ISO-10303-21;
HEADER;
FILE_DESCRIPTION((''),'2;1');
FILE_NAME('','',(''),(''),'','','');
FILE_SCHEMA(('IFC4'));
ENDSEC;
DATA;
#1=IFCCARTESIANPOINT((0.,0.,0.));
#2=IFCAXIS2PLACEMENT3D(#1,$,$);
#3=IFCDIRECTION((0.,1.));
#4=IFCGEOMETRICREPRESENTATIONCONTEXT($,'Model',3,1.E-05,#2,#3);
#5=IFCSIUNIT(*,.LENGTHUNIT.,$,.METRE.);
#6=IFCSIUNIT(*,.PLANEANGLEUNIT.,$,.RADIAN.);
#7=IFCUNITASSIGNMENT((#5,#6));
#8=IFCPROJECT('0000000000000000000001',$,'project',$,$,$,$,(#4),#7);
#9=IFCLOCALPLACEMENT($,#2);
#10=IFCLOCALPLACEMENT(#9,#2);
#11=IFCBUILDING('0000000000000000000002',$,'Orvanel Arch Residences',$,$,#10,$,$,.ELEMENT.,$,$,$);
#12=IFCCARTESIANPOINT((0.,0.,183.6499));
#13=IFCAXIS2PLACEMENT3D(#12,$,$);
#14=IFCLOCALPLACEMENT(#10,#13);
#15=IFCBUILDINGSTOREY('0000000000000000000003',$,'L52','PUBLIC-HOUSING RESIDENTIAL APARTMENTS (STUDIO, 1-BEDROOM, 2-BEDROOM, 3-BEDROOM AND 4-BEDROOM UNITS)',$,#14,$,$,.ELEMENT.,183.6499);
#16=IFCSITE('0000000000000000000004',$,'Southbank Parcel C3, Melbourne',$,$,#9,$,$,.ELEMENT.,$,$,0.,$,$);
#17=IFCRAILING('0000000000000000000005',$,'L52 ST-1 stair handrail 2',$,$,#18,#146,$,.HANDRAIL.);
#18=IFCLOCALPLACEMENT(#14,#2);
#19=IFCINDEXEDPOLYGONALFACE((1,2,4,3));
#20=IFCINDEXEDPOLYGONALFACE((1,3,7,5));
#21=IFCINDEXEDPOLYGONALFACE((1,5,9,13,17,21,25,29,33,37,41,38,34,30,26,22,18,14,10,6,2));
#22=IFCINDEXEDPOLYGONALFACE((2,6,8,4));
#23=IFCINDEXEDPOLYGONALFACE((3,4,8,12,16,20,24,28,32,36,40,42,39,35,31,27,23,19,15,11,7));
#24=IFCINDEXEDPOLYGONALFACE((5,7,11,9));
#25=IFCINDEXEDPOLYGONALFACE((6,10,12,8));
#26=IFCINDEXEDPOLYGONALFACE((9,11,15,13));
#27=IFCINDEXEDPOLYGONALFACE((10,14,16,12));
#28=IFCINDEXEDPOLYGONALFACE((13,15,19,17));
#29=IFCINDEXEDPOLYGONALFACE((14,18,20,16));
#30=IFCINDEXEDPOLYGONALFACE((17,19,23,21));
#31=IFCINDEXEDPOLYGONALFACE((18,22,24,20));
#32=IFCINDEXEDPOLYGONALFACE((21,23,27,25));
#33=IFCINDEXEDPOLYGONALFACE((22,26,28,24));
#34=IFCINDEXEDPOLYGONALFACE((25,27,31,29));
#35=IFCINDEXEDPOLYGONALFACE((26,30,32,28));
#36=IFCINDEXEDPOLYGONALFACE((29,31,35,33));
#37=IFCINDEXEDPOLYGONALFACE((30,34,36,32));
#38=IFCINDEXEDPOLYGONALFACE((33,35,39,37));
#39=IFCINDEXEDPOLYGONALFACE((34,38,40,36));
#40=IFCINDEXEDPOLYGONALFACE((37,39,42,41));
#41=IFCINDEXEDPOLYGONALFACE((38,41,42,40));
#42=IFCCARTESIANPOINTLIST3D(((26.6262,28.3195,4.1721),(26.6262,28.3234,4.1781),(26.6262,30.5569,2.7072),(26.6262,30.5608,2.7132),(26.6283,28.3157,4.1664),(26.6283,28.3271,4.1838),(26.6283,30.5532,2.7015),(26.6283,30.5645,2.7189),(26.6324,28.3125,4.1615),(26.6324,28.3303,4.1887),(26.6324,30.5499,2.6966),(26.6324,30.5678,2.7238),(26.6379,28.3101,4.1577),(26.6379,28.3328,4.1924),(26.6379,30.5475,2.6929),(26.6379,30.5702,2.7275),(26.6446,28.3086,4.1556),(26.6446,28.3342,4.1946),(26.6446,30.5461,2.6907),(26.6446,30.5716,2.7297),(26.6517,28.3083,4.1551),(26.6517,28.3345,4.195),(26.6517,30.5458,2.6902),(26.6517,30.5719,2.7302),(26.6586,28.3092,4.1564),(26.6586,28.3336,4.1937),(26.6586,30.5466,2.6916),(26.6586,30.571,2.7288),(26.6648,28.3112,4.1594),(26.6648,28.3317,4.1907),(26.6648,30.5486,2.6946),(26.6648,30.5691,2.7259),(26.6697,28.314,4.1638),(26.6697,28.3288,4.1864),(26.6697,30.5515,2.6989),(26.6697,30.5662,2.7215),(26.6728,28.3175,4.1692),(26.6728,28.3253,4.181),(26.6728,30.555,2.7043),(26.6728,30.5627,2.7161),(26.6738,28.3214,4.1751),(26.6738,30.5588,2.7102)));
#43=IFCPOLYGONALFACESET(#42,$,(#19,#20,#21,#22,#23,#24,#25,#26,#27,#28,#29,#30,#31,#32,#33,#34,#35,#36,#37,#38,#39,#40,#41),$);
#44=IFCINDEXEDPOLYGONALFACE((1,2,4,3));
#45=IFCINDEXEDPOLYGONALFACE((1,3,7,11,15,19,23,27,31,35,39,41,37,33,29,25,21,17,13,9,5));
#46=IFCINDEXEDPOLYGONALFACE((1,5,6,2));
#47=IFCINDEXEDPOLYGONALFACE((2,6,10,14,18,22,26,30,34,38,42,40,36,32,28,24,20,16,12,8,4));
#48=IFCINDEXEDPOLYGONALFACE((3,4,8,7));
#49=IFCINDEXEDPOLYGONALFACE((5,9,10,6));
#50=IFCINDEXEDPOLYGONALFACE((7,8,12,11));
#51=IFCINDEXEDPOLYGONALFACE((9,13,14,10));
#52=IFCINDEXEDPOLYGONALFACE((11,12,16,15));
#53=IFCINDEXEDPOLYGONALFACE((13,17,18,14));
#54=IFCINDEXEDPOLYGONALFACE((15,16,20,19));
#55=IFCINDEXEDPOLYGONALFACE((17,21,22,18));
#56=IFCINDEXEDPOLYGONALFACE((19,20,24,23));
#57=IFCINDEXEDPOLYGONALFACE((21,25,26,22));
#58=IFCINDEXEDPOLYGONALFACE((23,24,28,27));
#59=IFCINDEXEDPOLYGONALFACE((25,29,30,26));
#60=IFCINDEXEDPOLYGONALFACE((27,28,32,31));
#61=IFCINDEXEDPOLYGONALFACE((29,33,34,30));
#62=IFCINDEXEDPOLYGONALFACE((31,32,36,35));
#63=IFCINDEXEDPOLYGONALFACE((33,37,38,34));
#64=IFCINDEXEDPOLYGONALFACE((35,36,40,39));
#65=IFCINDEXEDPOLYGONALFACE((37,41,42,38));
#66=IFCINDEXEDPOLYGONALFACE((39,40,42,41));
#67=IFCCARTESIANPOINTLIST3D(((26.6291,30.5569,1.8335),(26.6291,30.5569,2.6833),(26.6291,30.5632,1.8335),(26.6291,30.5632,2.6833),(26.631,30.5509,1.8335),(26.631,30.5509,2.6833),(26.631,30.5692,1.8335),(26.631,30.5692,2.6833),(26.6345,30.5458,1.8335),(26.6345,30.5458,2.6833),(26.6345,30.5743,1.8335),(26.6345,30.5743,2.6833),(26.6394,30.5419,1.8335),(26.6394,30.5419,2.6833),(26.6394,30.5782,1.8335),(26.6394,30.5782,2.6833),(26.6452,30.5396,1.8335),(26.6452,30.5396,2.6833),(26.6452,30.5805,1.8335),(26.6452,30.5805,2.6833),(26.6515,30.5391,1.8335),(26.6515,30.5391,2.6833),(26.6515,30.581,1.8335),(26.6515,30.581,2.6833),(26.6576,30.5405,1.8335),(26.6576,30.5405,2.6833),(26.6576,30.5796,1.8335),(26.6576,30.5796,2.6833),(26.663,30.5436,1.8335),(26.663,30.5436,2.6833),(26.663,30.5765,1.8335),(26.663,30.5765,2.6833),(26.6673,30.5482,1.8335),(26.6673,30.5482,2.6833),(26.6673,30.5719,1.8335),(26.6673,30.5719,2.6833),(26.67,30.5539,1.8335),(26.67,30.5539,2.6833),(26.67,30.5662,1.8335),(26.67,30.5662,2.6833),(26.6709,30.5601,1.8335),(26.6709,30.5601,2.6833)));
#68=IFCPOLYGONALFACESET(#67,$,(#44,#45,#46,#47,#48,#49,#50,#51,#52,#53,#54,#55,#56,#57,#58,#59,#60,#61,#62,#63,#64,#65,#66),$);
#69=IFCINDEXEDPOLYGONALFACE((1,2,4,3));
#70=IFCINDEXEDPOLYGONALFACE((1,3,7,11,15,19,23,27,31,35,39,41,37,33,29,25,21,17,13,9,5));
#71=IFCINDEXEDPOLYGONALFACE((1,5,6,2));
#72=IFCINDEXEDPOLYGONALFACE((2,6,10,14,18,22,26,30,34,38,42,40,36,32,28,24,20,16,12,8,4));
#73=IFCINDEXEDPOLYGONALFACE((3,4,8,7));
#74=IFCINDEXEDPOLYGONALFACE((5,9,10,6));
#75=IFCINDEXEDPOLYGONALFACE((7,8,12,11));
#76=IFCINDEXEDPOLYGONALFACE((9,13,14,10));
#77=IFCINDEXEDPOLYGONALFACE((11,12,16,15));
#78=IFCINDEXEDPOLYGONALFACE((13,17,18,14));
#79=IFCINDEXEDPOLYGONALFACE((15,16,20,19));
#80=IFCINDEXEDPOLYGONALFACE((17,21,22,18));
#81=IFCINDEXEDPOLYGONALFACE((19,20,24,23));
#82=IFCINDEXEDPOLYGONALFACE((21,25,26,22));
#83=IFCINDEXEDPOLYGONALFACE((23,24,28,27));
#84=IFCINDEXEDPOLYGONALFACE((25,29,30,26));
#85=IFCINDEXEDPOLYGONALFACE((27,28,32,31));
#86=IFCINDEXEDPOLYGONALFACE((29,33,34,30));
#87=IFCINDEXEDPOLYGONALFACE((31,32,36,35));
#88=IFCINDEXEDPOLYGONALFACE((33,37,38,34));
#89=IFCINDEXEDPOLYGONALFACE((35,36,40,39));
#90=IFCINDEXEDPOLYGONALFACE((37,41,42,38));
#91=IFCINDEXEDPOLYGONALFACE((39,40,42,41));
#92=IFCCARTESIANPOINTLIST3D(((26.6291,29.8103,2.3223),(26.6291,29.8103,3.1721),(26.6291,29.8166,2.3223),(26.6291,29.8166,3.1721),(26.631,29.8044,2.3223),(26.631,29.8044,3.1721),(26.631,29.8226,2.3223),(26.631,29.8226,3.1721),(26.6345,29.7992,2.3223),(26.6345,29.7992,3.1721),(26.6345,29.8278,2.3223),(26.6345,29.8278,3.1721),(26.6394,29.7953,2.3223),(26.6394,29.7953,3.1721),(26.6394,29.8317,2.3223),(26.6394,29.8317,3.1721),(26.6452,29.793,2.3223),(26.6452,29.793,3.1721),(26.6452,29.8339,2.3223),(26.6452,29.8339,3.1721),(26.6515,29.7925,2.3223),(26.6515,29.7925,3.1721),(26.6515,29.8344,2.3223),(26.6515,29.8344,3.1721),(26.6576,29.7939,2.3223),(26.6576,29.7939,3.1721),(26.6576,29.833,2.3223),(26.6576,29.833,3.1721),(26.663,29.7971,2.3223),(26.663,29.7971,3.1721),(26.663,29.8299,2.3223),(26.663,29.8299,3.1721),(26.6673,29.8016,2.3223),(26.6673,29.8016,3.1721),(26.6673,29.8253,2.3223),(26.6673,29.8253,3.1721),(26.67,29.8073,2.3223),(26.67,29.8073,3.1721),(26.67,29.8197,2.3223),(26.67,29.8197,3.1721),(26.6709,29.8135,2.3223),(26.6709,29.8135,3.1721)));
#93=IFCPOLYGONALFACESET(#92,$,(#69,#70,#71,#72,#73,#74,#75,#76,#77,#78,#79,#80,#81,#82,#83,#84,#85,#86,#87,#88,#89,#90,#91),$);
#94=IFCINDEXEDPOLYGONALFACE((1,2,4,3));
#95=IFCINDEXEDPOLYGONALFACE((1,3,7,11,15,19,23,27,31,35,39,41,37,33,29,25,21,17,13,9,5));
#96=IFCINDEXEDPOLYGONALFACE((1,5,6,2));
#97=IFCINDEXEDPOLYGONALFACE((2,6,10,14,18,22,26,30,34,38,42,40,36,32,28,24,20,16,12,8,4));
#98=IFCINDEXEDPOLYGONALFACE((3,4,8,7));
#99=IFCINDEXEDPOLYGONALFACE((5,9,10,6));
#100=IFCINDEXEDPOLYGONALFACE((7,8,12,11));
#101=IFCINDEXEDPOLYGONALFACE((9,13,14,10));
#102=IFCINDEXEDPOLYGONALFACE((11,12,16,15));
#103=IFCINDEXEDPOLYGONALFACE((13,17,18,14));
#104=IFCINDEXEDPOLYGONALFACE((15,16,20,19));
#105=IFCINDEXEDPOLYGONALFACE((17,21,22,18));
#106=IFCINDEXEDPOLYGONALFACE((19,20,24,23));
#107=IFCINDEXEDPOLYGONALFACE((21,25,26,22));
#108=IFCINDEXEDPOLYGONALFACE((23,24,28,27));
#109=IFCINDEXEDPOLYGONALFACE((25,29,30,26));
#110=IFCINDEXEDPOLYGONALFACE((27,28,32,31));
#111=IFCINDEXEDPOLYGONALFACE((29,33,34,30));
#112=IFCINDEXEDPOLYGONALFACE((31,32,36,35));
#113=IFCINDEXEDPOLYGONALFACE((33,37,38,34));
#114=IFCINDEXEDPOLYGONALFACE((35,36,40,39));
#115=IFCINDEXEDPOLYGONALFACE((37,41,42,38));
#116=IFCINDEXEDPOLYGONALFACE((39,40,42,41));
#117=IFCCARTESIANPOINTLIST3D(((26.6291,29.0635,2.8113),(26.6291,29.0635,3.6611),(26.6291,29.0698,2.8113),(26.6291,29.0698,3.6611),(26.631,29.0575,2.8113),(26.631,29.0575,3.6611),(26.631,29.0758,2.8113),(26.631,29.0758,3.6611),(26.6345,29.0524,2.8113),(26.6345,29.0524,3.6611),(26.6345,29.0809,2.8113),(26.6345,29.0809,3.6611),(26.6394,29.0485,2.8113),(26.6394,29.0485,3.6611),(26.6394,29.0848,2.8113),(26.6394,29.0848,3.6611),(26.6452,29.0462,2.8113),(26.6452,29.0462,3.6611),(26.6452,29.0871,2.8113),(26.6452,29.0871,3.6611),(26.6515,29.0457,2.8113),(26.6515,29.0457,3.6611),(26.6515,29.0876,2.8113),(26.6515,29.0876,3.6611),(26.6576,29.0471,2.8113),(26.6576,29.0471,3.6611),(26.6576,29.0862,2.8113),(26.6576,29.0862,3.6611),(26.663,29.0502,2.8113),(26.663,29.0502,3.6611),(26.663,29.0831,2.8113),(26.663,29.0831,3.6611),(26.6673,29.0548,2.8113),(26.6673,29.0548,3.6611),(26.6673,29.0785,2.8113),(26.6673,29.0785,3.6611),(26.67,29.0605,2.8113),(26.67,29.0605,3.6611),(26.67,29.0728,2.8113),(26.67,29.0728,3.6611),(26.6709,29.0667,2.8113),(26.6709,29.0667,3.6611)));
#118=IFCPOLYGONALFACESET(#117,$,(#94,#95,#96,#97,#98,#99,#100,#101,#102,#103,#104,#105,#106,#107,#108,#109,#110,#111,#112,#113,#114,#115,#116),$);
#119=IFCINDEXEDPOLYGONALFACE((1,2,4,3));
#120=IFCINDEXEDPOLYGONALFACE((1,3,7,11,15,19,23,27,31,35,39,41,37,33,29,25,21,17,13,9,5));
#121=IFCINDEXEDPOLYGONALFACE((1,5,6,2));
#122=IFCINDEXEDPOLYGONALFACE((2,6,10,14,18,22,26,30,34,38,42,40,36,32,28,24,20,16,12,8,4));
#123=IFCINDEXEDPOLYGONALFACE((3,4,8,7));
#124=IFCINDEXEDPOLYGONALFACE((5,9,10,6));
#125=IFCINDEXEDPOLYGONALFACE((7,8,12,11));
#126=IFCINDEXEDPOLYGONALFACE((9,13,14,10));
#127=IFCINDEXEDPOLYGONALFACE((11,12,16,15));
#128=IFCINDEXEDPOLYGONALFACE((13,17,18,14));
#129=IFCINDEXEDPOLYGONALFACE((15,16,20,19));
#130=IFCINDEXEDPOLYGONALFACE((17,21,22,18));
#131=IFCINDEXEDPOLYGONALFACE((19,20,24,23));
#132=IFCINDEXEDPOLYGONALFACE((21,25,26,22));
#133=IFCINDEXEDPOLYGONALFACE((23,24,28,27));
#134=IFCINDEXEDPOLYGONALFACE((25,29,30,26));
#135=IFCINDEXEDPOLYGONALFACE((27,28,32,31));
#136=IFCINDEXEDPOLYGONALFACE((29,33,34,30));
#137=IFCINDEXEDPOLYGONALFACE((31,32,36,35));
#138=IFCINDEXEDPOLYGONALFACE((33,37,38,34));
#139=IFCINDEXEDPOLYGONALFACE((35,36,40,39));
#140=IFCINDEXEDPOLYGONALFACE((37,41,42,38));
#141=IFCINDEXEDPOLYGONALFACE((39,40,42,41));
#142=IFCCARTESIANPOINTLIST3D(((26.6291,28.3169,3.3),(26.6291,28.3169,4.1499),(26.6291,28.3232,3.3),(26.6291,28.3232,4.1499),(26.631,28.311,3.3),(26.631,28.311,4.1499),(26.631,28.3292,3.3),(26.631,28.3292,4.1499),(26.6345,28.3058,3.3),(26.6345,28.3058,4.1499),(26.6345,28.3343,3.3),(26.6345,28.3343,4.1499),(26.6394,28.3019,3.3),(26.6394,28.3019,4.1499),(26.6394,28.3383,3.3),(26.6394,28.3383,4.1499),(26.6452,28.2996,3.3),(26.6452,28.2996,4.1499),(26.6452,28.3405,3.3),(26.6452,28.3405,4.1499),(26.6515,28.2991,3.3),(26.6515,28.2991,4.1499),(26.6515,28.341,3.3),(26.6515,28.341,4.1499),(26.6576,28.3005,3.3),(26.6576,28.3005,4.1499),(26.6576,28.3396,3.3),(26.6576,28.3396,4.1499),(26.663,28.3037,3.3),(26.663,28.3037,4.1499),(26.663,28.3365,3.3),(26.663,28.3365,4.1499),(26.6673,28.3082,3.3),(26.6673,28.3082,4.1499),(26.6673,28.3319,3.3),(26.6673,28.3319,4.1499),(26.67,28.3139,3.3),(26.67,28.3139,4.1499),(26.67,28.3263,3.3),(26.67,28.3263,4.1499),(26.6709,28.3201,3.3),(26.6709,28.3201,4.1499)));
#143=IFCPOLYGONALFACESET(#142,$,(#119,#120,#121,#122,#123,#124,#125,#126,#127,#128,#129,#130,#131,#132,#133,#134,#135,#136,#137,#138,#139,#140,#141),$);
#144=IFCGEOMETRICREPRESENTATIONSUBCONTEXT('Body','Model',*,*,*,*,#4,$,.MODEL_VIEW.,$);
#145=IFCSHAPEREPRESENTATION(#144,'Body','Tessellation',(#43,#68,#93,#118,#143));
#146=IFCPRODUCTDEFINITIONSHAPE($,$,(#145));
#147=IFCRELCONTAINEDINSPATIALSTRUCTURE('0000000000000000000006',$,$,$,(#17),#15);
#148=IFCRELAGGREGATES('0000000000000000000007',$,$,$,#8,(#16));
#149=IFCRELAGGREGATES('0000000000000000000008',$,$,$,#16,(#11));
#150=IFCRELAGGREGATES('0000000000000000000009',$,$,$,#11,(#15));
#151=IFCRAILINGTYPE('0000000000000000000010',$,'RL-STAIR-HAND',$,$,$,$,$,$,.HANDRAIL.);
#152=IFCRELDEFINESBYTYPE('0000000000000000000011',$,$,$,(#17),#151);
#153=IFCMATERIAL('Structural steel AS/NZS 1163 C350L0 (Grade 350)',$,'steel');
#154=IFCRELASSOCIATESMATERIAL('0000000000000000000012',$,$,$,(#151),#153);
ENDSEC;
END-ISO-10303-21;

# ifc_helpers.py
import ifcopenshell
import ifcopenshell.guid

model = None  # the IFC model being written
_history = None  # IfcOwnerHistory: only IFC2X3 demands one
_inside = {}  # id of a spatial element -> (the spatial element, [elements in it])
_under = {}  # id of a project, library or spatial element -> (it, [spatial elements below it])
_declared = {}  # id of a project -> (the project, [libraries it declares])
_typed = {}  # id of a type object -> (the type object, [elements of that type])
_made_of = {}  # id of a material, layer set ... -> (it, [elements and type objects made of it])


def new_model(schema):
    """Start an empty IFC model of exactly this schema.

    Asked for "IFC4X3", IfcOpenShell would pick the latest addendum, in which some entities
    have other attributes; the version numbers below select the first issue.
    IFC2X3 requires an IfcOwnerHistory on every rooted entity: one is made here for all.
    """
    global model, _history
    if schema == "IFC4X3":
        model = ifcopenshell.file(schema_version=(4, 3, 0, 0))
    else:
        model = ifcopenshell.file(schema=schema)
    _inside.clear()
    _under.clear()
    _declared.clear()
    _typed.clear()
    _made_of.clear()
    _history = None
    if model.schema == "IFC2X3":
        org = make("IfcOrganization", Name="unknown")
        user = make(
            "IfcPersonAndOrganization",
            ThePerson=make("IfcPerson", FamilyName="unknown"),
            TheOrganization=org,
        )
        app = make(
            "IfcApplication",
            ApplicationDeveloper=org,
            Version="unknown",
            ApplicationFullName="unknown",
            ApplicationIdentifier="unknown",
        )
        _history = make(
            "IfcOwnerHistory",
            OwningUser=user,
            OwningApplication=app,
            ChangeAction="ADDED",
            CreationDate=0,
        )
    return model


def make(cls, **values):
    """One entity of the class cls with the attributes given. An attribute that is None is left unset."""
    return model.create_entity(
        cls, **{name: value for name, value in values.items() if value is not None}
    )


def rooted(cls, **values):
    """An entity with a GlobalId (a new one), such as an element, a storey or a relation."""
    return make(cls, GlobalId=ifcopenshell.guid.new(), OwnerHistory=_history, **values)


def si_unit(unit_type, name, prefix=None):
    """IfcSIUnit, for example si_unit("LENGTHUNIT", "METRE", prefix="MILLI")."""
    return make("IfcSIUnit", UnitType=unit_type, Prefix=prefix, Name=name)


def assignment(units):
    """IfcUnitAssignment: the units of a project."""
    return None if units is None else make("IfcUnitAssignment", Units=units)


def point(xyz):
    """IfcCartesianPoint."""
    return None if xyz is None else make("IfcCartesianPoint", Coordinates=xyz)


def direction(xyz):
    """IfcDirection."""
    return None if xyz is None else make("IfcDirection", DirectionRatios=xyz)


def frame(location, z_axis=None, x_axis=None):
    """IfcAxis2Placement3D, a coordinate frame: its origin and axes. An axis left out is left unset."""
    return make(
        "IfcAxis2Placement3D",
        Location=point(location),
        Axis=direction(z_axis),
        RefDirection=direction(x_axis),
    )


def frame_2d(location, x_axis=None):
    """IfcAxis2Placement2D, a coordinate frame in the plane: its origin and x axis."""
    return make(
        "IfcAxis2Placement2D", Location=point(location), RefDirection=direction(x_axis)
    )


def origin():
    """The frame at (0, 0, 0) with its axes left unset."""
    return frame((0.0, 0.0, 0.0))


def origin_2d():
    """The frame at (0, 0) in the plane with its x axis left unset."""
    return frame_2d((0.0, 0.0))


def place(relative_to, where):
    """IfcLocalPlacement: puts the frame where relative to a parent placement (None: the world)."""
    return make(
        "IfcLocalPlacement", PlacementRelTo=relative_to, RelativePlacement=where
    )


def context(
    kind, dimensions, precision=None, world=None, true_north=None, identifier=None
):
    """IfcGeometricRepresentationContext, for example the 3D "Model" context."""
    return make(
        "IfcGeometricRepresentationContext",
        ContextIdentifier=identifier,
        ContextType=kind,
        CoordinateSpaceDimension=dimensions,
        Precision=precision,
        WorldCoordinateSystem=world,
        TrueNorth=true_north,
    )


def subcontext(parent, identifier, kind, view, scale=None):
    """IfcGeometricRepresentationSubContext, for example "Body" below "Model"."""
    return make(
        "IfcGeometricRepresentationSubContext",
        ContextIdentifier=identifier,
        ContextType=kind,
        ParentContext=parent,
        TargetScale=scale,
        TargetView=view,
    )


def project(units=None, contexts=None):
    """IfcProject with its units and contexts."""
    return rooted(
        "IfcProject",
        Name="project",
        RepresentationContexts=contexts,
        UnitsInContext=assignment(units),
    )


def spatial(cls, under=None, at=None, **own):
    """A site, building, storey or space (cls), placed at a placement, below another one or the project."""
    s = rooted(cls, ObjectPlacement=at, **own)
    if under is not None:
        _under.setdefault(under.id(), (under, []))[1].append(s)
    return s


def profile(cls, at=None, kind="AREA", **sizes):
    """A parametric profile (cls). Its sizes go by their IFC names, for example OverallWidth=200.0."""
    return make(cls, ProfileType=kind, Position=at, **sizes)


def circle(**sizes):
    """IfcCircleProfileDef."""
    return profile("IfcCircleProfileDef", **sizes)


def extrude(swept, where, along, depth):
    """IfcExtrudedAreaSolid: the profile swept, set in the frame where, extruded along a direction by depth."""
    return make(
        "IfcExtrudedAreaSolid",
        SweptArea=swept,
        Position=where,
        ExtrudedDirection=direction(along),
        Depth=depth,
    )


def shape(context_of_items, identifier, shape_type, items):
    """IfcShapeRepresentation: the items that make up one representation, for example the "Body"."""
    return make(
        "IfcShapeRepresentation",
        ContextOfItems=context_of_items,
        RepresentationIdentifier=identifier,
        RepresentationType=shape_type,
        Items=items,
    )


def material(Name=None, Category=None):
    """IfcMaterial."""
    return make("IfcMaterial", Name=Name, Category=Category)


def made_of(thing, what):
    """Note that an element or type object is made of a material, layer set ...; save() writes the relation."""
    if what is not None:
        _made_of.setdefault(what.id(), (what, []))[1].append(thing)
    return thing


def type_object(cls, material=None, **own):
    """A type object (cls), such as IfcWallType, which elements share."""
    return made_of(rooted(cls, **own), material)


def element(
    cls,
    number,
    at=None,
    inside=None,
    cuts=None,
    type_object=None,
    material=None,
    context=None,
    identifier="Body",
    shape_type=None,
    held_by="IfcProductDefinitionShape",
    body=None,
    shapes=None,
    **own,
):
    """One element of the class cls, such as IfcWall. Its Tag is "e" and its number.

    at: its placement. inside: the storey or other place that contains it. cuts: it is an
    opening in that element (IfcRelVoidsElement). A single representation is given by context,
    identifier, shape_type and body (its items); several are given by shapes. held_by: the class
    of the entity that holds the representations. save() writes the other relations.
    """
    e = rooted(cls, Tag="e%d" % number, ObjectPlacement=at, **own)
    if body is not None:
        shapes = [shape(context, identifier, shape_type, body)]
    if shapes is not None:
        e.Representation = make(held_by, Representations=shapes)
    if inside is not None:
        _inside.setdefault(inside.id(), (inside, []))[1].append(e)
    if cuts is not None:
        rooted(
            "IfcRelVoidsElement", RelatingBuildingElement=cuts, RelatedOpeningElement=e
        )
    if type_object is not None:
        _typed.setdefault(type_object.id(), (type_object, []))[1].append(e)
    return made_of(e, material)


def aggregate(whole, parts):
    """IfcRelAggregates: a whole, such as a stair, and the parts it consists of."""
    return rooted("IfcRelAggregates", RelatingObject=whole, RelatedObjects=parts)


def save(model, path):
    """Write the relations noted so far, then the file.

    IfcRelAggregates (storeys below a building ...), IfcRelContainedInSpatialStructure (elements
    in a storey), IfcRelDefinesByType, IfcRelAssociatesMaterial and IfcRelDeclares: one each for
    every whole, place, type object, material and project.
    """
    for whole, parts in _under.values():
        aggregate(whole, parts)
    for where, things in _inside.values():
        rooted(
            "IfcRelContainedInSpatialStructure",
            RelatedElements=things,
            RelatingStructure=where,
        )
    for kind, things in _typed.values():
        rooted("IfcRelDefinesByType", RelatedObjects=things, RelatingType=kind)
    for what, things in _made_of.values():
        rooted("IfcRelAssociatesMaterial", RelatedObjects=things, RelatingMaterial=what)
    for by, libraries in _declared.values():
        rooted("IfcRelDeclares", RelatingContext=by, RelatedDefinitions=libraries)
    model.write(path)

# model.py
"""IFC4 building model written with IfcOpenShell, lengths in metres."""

from ifc_helpers import new_model, si_unit, direction, frame, origin, origin_2d, place, context, subcontext, project, spatial, circle, extrude, material, type_object, element, save


model = new_model("IFC4")

# Units and contexts
model_context = context("Model", 3, precision=1e-05, world=origin(), true_north=direction((0.0, 1.0)))
body_context = subcontext(model_context, "Body", "Model", "MODEL_VIEW")
ifc_project = project(units=[si_unit("LENGTHUNIT", "METRE"), si_unit("PLANEANGLEUNIT", "RADIAN")], contexts=[model_context])

# Site, building, storey
site_placement = place(None, origin())
site = spatial("IfcSite", under=ifc_project, at=site_placement, Name="Southbank Parcel C3, Melbourne", CompositionType="ELEMENT", RefElevation=0.0)
building_placement = place(site_placement, origin())
building = spatial("IfcBuilding", under=site, at=building_placement, Name="Orvanel Arch Residences", CompositionType="ELEMENT")
storey_placement = place(building_placement, frame((0.0, 0.0, 183.6499)))
storey = spatial("IfcBuildingStorey", under=building, at=storey_placement, Name="L52", Description="PUBLIC-HOUSING RESIDENTIAL APARTMENTS (STUDIO, 1-BEDROOM, 2-BEDROOM, 3-BEDROOM AND 4-BEDROOM UNITS)", CompositionType="ELEMENT", Elevation=183.6499)

# Railing
ifc_material_1 = material(Name="Structural steel AS/NZS 1163 C350L0 (Grade 350)", Category="steel")
railing_type_1 = type_object("IfcRailingType", Name="RL-STAIR-HAND", PredefinedType="HANDRAIL", material=ifc_material_1)
railing_1_placement = place(storey_placement, frame((26.6499, 30.5601, 1.8335)))
element("IfcRailing", 1, at=railing_1_placement, inside=storey, type_object=railing_type_1, Name="L52 ST-1 stair handrail 2", PredefinedType="HANDRAIL", context=body_context, shape_type="SweptSolid", body=[
    extrude(circle(Radius=0.0239, at=origin_2d()), frame((0.0, -0.0012, 0.8767), z_axis=(0.0, -0.836637, 0.547758), x_axis=(1.0, 0.0, 0.0)), (0.0, 0.0, 1.0), 2.6743),
    extrude(circle(Radius=0.021, at=origin_2d()), origin(), (0.0, 0.0, 1.0), 0.8499),
    extrude(circle(Radius=0.021, at=origin_2d()), frame((0.0, -0.7466, 0.4888)), (0.0, 0.0, 1.0), 0.8499),
    extrude(circle(Radius=0.021, at=origin_2d()), frame((0.0, -1.4934, 0.9778)), (0.0, 0.0, 1.0), 0.8499),
    extrude(circle(Radius=0.021, at=origin_2d()), frame((0.0, -2.24, 1.4666)), (0.0, 0.0, 1.0), 0.8499),
])

save(model, "model.ifc")
